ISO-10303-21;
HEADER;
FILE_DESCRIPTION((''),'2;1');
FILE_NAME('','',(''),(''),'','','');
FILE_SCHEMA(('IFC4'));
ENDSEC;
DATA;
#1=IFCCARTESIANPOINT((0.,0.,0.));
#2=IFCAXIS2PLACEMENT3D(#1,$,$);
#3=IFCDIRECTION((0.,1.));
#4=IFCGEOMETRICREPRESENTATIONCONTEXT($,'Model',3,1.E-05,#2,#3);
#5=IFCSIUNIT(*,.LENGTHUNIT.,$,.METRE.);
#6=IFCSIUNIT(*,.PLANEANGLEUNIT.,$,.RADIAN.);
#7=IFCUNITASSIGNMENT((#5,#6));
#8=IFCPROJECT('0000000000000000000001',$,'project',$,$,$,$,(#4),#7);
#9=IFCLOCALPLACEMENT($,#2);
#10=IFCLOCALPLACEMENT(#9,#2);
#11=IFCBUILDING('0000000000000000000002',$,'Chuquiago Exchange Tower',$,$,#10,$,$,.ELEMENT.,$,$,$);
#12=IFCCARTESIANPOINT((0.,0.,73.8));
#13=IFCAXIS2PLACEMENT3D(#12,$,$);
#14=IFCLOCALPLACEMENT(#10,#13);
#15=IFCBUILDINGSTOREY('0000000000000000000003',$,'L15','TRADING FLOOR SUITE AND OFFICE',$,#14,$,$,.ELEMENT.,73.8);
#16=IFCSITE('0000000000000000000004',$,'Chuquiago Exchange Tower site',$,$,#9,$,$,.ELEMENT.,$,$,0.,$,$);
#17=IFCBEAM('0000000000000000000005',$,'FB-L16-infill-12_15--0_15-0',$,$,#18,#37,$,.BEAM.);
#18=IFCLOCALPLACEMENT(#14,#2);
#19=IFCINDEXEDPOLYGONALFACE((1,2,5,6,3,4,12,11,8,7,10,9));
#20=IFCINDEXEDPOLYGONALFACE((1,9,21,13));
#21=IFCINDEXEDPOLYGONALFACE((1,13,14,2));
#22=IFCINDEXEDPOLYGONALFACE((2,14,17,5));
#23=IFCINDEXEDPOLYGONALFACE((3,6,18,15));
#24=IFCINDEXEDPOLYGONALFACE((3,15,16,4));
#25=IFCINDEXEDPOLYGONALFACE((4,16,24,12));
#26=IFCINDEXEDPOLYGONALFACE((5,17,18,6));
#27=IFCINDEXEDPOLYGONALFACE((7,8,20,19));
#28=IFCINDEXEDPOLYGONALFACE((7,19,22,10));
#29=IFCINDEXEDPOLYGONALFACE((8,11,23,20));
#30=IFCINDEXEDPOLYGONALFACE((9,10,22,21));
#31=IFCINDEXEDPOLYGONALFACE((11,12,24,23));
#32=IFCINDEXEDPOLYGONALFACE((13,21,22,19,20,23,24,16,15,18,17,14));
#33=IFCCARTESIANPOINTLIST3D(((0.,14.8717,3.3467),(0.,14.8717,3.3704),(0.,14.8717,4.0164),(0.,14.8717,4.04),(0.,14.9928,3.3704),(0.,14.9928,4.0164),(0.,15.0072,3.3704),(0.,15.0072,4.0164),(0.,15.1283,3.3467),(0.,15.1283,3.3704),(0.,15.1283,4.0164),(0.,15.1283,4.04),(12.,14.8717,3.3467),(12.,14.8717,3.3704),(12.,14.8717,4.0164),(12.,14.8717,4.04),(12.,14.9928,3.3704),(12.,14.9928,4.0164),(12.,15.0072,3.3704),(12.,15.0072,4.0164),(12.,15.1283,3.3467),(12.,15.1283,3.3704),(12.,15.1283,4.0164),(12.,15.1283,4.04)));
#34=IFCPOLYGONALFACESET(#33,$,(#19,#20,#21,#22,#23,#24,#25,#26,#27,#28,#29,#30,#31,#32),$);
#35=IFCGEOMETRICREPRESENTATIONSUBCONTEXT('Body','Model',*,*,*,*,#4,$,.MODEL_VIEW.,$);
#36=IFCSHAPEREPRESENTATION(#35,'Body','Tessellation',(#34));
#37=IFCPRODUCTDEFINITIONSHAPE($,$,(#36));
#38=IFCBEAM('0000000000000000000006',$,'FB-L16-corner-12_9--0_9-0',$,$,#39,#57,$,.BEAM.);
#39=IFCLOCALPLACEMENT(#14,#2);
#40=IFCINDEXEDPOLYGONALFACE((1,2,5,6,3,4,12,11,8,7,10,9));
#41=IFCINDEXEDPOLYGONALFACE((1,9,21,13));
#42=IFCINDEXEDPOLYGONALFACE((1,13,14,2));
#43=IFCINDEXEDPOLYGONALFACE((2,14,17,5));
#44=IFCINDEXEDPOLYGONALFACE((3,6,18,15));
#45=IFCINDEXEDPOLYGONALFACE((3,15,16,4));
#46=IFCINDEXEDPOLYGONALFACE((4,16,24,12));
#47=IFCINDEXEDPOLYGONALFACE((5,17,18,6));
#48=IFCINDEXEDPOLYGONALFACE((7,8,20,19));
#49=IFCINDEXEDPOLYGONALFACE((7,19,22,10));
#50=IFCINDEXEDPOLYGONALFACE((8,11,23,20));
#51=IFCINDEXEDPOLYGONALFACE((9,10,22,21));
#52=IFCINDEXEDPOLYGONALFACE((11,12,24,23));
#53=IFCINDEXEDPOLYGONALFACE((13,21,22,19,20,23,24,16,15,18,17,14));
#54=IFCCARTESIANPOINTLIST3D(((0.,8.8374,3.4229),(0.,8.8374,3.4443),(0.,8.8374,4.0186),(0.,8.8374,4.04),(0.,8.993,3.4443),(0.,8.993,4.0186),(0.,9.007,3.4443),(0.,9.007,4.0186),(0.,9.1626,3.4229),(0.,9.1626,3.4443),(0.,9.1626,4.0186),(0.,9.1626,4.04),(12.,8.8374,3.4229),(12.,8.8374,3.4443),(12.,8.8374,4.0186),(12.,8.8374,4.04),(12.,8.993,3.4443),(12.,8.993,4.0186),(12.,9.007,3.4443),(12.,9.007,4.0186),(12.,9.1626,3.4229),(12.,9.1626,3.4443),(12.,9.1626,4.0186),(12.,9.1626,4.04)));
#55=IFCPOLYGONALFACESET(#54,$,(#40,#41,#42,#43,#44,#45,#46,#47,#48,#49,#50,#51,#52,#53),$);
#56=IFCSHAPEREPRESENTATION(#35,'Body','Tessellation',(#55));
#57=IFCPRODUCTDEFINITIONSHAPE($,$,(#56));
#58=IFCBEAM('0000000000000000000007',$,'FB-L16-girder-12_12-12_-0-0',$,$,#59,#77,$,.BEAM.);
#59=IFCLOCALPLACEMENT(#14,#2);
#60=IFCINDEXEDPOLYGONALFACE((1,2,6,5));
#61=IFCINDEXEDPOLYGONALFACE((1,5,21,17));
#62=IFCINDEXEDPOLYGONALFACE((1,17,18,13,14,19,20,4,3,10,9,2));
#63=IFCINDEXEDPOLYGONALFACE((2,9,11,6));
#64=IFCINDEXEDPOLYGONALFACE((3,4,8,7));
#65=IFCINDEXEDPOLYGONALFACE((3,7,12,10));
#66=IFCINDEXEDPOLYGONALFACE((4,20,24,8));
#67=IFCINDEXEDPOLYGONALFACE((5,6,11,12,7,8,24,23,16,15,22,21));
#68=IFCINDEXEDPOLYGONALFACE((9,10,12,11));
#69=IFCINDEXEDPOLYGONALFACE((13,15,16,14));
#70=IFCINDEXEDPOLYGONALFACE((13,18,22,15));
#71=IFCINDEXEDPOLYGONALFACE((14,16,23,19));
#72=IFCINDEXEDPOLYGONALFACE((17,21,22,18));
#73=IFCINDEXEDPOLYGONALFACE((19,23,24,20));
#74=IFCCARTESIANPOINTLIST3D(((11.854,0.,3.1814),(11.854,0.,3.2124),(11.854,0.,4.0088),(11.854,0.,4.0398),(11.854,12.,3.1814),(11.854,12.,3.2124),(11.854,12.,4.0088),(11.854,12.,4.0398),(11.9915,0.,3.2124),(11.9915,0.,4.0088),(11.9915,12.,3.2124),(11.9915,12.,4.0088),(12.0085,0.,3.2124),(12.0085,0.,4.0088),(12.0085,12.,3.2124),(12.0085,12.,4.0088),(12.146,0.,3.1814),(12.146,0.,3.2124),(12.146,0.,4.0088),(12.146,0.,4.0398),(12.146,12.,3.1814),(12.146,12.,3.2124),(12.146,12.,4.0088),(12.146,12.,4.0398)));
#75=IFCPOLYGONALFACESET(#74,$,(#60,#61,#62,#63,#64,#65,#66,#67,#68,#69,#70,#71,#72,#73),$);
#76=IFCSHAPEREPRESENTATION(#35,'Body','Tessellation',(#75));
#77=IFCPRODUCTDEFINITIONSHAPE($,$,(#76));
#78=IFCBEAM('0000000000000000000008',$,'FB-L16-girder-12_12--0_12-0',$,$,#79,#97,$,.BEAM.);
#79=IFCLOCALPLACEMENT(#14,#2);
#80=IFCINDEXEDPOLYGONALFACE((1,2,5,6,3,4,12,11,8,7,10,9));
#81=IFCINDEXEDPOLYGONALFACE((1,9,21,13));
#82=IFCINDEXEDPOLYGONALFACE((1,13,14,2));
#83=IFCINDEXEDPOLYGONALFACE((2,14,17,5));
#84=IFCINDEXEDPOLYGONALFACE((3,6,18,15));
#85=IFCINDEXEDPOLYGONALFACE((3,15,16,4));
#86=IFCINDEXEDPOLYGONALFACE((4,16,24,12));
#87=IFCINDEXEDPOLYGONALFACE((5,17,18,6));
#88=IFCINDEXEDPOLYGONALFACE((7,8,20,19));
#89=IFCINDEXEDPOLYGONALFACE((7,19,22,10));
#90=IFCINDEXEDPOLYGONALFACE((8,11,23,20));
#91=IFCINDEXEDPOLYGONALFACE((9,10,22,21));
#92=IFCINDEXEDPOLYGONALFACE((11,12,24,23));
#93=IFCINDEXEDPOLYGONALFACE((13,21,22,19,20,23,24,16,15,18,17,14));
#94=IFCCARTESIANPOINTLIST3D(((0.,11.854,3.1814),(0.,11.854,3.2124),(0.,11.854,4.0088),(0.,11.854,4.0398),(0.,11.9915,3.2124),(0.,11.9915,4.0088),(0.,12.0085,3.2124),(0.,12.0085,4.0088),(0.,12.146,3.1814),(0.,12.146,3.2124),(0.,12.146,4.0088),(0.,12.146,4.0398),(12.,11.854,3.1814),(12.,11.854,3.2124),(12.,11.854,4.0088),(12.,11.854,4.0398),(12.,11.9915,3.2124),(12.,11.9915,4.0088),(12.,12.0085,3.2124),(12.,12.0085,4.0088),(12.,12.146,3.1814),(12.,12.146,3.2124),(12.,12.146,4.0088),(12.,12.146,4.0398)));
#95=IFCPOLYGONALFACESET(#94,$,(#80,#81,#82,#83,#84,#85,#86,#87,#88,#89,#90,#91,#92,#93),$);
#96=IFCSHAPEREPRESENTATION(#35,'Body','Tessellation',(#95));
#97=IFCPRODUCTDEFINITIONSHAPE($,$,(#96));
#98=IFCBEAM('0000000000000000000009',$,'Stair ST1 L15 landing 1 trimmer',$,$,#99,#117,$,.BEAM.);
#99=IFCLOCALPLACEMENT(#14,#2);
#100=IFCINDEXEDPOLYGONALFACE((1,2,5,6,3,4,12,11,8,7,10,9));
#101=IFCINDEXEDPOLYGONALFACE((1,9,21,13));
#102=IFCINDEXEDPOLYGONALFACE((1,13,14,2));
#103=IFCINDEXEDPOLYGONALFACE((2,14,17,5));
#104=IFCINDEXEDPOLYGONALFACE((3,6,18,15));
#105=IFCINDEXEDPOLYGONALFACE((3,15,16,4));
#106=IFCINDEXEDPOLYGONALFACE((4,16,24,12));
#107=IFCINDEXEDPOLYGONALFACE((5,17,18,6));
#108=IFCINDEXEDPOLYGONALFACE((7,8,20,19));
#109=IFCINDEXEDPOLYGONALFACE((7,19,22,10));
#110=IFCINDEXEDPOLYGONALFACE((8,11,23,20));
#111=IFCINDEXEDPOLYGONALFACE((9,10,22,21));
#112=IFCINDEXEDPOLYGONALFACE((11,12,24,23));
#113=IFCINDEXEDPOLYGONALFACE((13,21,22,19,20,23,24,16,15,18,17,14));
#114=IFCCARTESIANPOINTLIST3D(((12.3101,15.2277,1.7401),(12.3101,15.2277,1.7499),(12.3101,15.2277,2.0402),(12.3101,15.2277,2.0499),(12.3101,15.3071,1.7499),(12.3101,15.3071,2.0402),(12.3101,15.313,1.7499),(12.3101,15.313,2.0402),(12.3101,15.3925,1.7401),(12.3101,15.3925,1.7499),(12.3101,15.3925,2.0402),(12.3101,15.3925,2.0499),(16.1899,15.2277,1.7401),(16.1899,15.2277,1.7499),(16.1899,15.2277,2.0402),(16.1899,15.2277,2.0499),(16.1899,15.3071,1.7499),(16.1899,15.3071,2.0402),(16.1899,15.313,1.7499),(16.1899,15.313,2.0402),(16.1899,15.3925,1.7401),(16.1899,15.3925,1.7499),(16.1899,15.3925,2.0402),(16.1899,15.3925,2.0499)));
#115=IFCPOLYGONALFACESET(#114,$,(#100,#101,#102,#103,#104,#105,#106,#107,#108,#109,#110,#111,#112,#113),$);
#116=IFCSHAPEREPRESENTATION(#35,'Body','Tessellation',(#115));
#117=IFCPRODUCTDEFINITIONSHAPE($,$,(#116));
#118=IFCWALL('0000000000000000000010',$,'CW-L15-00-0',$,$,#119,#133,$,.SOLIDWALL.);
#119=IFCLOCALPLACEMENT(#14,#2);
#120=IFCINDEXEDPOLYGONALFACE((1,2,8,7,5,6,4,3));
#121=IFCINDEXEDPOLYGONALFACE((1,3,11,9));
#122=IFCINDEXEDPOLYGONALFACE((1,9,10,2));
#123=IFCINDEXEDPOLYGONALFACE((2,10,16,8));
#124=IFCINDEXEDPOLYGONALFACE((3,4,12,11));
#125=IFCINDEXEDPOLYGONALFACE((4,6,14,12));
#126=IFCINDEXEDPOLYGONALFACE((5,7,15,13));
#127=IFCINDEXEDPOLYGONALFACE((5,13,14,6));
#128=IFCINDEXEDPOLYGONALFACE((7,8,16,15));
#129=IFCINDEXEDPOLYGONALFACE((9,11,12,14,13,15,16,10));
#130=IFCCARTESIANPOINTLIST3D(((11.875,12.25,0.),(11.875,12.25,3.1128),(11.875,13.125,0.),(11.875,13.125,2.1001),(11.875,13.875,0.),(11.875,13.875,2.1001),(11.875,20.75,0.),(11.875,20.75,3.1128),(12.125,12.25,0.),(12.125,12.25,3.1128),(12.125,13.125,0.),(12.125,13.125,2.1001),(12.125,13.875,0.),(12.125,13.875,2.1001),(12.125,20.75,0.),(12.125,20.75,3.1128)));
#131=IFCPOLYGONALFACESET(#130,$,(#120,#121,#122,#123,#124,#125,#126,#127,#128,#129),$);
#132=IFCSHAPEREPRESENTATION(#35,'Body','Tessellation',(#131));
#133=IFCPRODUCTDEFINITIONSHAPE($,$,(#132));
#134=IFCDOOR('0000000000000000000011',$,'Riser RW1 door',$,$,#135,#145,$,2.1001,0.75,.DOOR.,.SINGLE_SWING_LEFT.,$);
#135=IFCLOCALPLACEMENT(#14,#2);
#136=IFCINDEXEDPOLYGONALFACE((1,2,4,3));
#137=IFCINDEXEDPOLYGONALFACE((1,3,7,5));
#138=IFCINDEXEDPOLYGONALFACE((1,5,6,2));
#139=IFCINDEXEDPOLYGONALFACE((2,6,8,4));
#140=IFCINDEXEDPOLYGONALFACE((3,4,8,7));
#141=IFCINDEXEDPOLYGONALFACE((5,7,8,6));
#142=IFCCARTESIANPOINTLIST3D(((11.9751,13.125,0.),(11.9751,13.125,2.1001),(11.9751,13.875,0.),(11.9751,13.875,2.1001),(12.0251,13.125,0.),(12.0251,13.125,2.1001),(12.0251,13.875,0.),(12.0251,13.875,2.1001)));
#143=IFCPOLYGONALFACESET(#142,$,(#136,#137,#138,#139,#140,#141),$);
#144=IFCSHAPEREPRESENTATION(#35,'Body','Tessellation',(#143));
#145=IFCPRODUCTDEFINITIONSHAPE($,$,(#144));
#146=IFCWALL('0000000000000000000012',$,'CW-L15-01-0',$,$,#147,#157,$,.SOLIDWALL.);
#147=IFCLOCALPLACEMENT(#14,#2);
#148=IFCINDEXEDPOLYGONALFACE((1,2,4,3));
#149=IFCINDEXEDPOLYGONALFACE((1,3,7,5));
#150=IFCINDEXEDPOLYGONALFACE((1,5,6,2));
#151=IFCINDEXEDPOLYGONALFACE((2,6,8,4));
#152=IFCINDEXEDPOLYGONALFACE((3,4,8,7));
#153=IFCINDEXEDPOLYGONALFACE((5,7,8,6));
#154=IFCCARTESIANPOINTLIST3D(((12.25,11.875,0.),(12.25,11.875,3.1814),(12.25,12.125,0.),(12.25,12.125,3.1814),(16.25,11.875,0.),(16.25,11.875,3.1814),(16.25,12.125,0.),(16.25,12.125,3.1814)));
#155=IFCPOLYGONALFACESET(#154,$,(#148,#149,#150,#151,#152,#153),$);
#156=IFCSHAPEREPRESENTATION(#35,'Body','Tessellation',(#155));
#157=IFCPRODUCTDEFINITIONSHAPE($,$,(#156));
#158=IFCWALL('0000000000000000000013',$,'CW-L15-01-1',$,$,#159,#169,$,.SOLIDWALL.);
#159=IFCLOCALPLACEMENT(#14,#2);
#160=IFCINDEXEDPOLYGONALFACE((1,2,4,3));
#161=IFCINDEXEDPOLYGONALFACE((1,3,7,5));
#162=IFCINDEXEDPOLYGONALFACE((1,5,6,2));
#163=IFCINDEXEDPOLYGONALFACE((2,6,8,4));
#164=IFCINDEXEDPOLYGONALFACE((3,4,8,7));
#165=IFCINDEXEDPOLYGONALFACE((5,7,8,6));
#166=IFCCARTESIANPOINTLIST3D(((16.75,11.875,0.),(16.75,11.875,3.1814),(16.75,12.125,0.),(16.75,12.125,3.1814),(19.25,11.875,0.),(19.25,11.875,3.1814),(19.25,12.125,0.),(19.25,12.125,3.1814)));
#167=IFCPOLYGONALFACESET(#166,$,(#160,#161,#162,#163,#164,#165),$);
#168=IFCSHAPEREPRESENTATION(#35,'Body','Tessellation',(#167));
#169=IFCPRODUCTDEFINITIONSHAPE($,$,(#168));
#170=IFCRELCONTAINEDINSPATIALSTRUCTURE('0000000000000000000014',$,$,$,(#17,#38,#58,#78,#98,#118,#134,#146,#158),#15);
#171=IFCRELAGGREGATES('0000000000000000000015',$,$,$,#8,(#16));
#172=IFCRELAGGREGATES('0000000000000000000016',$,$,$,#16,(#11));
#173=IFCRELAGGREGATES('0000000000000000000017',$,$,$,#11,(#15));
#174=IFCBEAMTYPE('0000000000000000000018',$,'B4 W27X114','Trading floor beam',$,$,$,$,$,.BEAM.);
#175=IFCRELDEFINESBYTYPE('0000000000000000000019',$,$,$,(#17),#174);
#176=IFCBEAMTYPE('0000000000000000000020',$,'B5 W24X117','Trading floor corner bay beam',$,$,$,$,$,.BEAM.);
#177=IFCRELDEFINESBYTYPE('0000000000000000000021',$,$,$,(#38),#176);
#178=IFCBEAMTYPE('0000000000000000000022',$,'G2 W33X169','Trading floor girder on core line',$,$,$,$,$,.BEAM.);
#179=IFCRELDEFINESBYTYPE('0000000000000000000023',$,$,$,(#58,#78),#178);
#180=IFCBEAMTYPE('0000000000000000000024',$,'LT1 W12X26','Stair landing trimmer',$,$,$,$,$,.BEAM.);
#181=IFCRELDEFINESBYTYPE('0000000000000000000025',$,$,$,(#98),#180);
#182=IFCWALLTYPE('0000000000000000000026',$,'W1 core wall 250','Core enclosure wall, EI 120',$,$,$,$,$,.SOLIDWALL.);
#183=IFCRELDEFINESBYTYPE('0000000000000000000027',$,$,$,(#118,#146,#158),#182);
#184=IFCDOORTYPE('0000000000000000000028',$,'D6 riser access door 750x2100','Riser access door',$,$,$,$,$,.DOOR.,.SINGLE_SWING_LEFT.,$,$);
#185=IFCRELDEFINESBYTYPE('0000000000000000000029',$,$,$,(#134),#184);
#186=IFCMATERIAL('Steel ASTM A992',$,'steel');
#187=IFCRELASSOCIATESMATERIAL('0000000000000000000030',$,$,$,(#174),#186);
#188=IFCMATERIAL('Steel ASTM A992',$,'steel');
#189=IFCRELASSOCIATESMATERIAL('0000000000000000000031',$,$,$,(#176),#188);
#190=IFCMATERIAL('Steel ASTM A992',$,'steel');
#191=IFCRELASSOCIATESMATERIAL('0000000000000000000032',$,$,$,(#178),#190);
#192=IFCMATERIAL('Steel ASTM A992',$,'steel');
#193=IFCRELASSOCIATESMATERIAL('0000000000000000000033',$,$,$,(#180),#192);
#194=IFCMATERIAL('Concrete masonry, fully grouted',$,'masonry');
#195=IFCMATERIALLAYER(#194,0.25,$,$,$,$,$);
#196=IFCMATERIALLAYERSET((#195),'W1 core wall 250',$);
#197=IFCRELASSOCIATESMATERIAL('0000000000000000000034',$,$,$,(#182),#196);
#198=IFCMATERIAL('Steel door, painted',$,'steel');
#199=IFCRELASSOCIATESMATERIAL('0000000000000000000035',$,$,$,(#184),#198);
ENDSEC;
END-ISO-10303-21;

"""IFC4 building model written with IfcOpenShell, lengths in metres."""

from ifc_helpers import new_model, si_unit, direction, frame, frame_2d, origin, origin_2d, place, context, subcontext, project, spatial, rectangle, i_section, extrude, material, layer, layer_set, material_profile, profile_set, type_object, element, fill, save


model = new_model("IFC4")

# Units and contexts
model_context = context("Model", 3, precision=1e-05, world=origin(), true_north=direction((0.0, 1.0)))
body_context = subcontext(model_context, "Body", "Model", "MODEL_VIEW")
ifc_project = project(units=[si_unit("LENGTHUNIT", "METRE"), si_unit("PLANEANGLEUNIT", "RADIAN")], contexts=[model_context])

# Site, building, storey
site_placement = place(None, origin())
site = spatial("IfcSite", under=ifc_project, at=site_placement, Name="Chuquiago Exchange Tower site", CompositionType="ELEMENT", RefElevation=0.0)
building_placement = place(site_placement, origin())
building = spatial("IfcBuilding", under=site, at=building_placement, Name="Chuquiago Exchange Tower", CompositionType="ELEMENT")
storey_placement = place(building_placement, frame((0.0, 0.0, 73.8)))
storey = spatial("IfcBuildingStorey", under=building, at=storey_placement, Name="L15", Description="TRADING FLOOR SUITE AND OFFICE", CompositionType="ELEMENT", Elevation=73.8)

# Beams
ifc_material_1 = material(Name="Steel ASTM A992", Category="steel")
ifc_material_profile_1 = material_profile(ifc_material_1, i_section(OverallWidth=0.2566, OverallDepth=0.6934, WebThickness=0.0144, FlangeThickness=0.0237, at=origin_2d()), Name="W27X114")
ifc_profile_set_1 = profile_set([ifc_material_profile_1], Name="Steel ASTM A992")
beam_type_1 = type_object("IfcBeamType", Name="B4 W27X114", Description="Trading floor beam", PredefinedType="BEAM", material=ifc_profile_set_1)
for number, where, z_axis, x_axis, name in (
    (1, (12.0, 15.0, 3.6934), (-1.0, 0.0, 0.0), (0.0, -1.0, 0.0), "FB-L16-infill-12_15--0_15-0"),
):
    element("IfcBeam", number, at=place(storey_placement, frame(where, z_axis=z_axis, x_axis=x_axis)), inside=storey, type_object=beam_type_1, Name=name, PredefinedType="BEAM", context=body_context, shape_type="SweptSolid", body=[
        extrude(i_section(OverallWidth=0.2566, OverallDepth=0.6934, WebThickness=0.0144, FlangeThickness=0.0237, at=origin_2d()), origin(), (0.0, 0.0, 1.0), 12.0),
    ])
ifc_material_2 = material(Name="Steel ASTM A992", Category="steel")
ifc_material_profile_2 = material_profile(ifc_material_2, i_section(OverallWidth=0.3252, OverallDepth=0.6172, WebThickness=0.0139, FlangeThickness=0.0215, at=origin_2d()), Name="W24X117")
ifc_profile_set_2 = profile_set([ifc_material_profile_2], Name="Steel ASTM A992")
beam_type_2 = type_object("IfcBeamType", Name="B5 W24X117", Description="Trading floor corner bay beam", PredefinedType="BEAM", material=ifc_profile_set_2)
beam_1_placement = place(storey_placement, frame((12.0, 9.0, 3.7314), z_axis=(-1.0, 0.0, 0.0), x_axis=(0.0, -1.0, 0.0)))
element("IfcBeam", 2, at=beam_1_placement, inside=storey, type_object=beam_type_2, Name="FB-L16-corner-12_9--0_9-0", PredefinedType="BEAM", context=body_context, shape_type="SweptSolid", body=[
    extrude(i_section(OverallWidth=0.3252, OverallDepth=0.6172, WebThickness=0.0139, FlangeThickness=0.0215, at=origin_2d()), origin(), (0.0, 0.0, 1.0), 12.0),
])
ifc_material_3 = material(Name="Steel ASTM A992", Category="steel")
ifc_material_profile_3 = material_profile(ifc_material_3, i_section(OverallWidth=0.292, OverallDepth=0.8584, WebThickness=0.0171, FlangeThickness=0.031, at=origin_2d()), Name="W33X169")
ifc_profile_set_3 = profile_set([ifc_material_profile_3], Name="Steel ASTM A992")
beam_type_3 = type_object("IfcBeamType", Name="G2 W33X169", Description="Trading floor girder on core line", PredefinedType="BEAM", material=ifc_profile_set_3)
for number, where, z_axis, x_axis, name in (
    (3, (12.0, 12.0, 3.6106), (0.0, -1.0, 0.0), (1.0, 0.0, 0.0), "FB-L16-girder-12_12-12_-0-0"),
    (4, (12.0, 12.0, 3.6106), (-1.0, 0.0, 0.0), (0.0, -1.0, 0.0), "FB-L16-girder-12_12--0_12-0"),
):
    element("IfcBeam", number, at=place(storey_placement, frame(where, z_axis=z_axis, x_axis=x_axis)), inside=storey, type_object=beam_type_3, Name=name, PredefinedType="BEAM", context=body_context, shape_type="SweptSolid", body=[
        extrude(i_section(OverallWidth=0.292, OverallDepth=0.8584, WebThickness=0.0171, FlangeThickness=0.031, at=origin_2d()), origin(), (0.0, 0.0, 1.0), 12.0),
    ])
ifc_material_4 = material(Name="Steel ASTM A992", Category="steel")
ifc_material_profile_4 = material_profile(ifc_material_4, i_section(OverallWidth=0.1648, OverallDepth=0.3098, WebThickness=0.0059, FlangeThickness=0.0098, at=origin_2d()), Name="W12X26")
ifc_profile_set_4 = profile_set([ifc_material_profile_4], Name="Steel ASTM A992")
beam_type_4 = type_object("IfcBeamType", Name="LT1 W12X26", Description="Stair landing trimmer", PredefinedType="BEAM", material=ifc_profile_set_4)
beam_2_placement = place(storey_placement, frame((12.3101, 15.3101, 1.895), z_axis=(1.0, 0.0, 0.0), x_axis=(0.0, 1.0, 0.0)))
element("IfcBeam", 5, at=beam_2_placement, inside=storey, type_object=beam_type_4, Name="Stair ST1 L15 landing 1 trimmer", PredefinedType="BEAM", context=body_context, shape_type="SweptSolid", body=[
    extrude(i_section(OverallWidth=0.1648, OverallDepth=0.3098, WebThickness=0.0059, FlangeThickness=0.0098, at=origin_2d()), origin(), (0.0, 0.0, 1.0), 3.8799),
])

# Wall, opening, door
ifc_material_5 = material(Name="Concrete masonry, fully grouted", Category="masonry")
ifc_layer_1 = layer(ifc_material_5, 0.25)
ifc_layer_set_1 = layer_set([ifc_layer_1], Name="W1 core wall 250")
wall_type_1 = type_object("IfcWallType", Name="W1 core wall 250", Description="Core enclosure wall, EI 120", PredefinedType="SOLIDWALL", material=ifc_layer_set_1)
wall_1_placement = place(storey_placement, frame((12.0, 12.25, 0.0), z_axis=(0.0, 0.0, 1.0), x_axis=(0.0, 1.0, 0.0)))
wall_1 = element("IfcWall", 6, at=wall_1_placement, inside=storey, type_object=wall_type_1, Name="CW-L15-00-0", PredefinedType="SOLIDWALL", context=body_context, shape_type="SweptSolid", body=[
    extrude(rectangle(XDim=8.5, YDim=0.25, at=frame_2d((4.25, 0.0))), origin(), (0.0, 0.0, 1.0), 3.1128),
])
opening_1_placement = place(wall_1_placement, frame((0.875, 0.0, 0.0)))
opening_1 = element("IfcOpeningElement", 7, at=opening_1_placement, cuts=wall_1, PredefinedType="OPENING", context=body_context, shape_type="SweptSolid", body=[
    extrude(rectangle(XDim=0.75, YDim=2.1001, at=frame_2d((0.375, 1.05))), frame((0.0, 0.135, 0.0), z_axis=(0.0, -1.0, 0.0), x_axis=(1.0, 0.0, 0.0)), (0.0, 0.0, 1.0), 0.27),
])
ifc_material_6 = material(Name="Steel door, painted", Category="steel")
door_type_1 = type_object("IfcDoorType", Name="D6 riser access door 750x2100", Description="Riser access door", OperationType="SINGLE_SWING_LEFT", PredefinedType="DOOR", material=ifc_material_6)
door_1_placement = place(opening_1_placement, origin())
door_1 = element("IfcDoor", 8, at=door_1_placement, inside=storey, type_object=door_type_1, Name="Riser RW1 door", OperationType="SINGLE_SWING_LEFT", OverallHeight=2.1001, OverallWidth=0.75, PredefinedType="DOOR", context=body_context, shape_type="SweptSolid", body=[
    extrude(rectangle(XDim=0.75, YDim=2.1001, at=frame_2d((0.375, 1.05))), frame((0.0, 0.0249, 0.0), z_axis=(0.0, -1.0, 0.0), x_axis=(1.0, 0.0, 0.0)), (0.0, 0.0, 1.0), 0.05),
])
fill(opening_1, door_1)

# Walls
wall_2_placement = place(storey_placement, frame((12.25, 12.0, 0.0), z_axis=(0.0, 0.0, 1.0), x_axis=(1.0, 0.0, 0.0)))
element("IfcWall", 9, at=wall_2_placement, inside=storey, type_object=wall_type_1, Name="CW-L15-01-0", PredefinedType="SOLIDWALL", context=body_context, shape_type="SweptSolid", body=[
    extrude(rectangle(XDim=4.0, YDim=0.25, at=frame_2d((2.0, 0.0))), origin(), (0.0, 0.0, 1.0), 3.1814),
])
wall_3_placement = place(storey_placement, frame((16.75, 12.0, 0.0), z_axis=(0.0, 0.0, 1.0), x_axis=(1.0, 0.0, 0.0)))
element("IfcWall", 10, at=wall_3_placement, inside=storey, type_object=wall_type_1, Name="CW-L15-01-1", PredefinedType="SOLIDWALL", context=body_context, shape_type="SweptSolid", body=[
    extrude(rectangle(XDim=2.5, YDim=0.25, at=frame_2d((1.25, 0.0))), origin(), (0.0, 0.0, 1.0), 3.1814),
])

save(model, "model.ifc")
